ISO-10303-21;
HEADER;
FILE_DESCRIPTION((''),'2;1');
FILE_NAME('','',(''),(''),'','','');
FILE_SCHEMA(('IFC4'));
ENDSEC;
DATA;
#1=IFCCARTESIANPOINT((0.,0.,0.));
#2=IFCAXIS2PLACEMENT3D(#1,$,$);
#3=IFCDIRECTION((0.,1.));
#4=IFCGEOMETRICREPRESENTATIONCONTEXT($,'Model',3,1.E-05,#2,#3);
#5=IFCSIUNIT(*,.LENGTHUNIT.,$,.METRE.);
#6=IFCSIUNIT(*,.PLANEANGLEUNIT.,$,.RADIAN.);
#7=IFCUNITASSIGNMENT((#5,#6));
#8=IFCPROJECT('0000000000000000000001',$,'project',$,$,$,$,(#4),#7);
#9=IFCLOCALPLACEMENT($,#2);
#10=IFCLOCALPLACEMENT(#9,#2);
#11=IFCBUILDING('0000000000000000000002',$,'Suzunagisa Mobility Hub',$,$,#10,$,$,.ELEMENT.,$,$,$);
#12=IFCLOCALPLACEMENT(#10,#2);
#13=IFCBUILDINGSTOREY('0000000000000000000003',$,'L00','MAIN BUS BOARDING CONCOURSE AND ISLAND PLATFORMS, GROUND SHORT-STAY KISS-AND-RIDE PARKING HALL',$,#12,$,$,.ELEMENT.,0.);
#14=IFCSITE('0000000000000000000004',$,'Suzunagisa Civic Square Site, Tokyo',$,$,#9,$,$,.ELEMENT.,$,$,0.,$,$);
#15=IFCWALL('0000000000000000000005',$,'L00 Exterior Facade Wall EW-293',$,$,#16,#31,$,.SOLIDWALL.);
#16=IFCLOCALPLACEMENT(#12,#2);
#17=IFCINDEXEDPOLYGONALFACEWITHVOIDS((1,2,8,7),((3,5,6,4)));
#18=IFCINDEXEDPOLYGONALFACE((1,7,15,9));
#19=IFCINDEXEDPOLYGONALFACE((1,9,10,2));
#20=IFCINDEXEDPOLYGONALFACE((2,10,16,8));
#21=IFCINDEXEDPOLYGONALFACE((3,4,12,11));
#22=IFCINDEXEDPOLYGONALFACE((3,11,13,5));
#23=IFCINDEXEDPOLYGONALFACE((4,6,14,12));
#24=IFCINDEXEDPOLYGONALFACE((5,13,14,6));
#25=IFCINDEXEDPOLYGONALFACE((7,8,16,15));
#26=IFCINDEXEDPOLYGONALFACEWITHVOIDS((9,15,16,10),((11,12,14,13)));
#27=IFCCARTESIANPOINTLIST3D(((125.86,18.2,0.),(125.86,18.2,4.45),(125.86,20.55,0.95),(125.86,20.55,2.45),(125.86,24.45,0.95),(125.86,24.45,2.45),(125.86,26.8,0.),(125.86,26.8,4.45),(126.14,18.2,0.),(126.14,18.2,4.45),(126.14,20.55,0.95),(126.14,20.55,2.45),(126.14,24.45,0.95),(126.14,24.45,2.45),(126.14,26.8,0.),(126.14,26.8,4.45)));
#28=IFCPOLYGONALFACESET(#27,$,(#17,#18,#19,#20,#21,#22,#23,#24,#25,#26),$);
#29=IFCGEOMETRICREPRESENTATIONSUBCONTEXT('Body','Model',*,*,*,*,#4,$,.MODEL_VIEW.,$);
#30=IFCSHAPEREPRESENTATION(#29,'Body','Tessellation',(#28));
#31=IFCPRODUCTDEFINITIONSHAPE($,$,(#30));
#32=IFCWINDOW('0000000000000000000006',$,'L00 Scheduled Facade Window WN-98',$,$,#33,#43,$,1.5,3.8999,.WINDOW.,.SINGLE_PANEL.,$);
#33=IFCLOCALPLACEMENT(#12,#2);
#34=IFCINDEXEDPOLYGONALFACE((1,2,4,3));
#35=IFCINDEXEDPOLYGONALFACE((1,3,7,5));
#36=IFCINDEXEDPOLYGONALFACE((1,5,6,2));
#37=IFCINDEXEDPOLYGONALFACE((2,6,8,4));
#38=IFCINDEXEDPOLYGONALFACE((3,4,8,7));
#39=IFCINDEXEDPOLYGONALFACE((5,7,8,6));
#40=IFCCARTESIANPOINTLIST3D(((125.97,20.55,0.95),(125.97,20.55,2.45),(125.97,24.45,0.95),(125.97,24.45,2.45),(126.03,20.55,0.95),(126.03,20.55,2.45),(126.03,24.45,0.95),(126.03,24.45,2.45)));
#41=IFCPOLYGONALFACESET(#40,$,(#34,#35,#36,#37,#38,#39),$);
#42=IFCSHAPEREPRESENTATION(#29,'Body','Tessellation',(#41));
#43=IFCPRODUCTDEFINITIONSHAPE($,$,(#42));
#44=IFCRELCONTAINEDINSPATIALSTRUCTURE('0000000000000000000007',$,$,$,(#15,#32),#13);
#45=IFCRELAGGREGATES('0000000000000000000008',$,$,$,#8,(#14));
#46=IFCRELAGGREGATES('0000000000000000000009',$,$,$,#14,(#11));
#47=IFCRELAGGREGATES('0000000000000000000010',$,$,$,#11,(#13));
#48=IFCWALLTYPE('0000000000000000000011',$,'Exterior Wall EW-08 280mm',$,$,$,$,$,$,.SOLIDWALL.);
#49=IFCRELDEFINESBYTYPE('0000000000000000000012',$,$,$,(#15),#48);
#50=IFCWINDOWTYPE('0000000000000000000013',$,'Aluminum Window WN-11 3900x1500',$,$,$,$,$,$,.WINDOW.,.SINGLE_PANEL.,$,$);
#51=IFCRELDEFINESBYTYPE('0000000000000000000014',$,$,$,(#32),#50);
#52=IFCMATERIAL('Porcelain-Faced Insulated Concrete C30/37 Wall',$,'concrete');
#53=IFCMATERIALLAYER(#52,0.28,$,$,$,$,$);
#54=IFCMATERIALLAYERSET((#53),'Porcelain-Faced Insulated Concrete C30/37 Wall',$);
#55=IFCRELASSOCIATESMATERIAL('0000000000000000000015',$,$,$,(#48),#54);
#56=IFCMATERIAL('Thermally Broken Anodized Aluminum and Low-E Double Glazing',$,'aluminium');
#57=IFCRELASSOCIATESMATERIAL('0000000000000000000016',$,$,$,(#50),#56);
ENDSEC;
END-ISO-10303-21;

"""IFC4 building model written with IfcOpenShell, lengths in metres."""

from ifc_helpers import new_model, si_unit, direction, frame, frame_2d, origin, place, context, subcontext, project, spatial, rectangle, extrude, material, layer, layer_set, type_object, element, fill, save


model = new_model("IFC4")

# Units and contexts
model_context = context("Model", 3, precision=1e-05, world=origin(), true_north=direction((0.0, 1.0)))
body_context = subcontext(model_context, "Body", "Model", "MODEL_VIEW")
ifc_project = project(units=[si_unit("LENGTHUNIT", "METRE"), si_unit("PLANEANGLEUNIT", "RADIAN")], contexts=[model_context])

# Site, building, storey
site_placement = place(None, origin())
site = spatial("IfcSite", under=ifc_project, at=site_placement, Name="Suzunagisa Civic Square Site, Tokyo", CompositionType="ELEMENT", RefElevation=0.0)
building_placement = place(site_placement, origin())
building = spatial("IfcBuilding", under=site, at=building_placement, Name="Suzunagisa Mobility Hub", CompositionType="ELEMENT")
storey_placement = place(building_placement, origin())
storey = spatial("IfcBuildingStorey", under=building, at=storey_placement, Name="L00", Description="MAIN BUS BOARDING CONCOURSE AND ISLAND PLATFORMS, GROUND SHORT-STAY KISS-AND-RIDE PARKING HALL", CompositionType="ELEMENT", Elevation=0.0)

# Wall, opening, window
ifc_material_1 = material(Name="Porcelain-Faced Insulated Concrete C30/37 Wall", Category="concrete")
ifc_layer_1 = layer(ifc_material_1, 0.28)
ifc_layer_set_1 = layer_set([ifc_layer_1], Name="Porcelain-Faced Insulated Concrete C30/37 Wall")
wall_type_1 = type_object("IfcWallType", Name="Exterior Wall EW-08 280mm", PredefinedType="SOLIDWALL", material=ifc_layer_set_1)
wall_1_placement = place(storey_placement, frame((126.0, 26.8, 0.0), z_axis=(0.0, 0.0, 1.0), x_axis=(0.0, -1.0, 0.0)))
wall_1 = element("IfcWall", 1, at=wall_1_placement, inside=storey, type_object=wall_type_1, Name="L00 Exterior Facade Wall EW-293", PredefinedType="SOLIDWALL", context=body_context, shape_type="SweptSolid", body=[
    extrude(rectangle(XDim=8.6001, YDim=0.28, at=frame_2d((4.3, 0.0))), origin(), (0.0, 0.0, 1.0), 4.45),
])
opening_1_placement = place(wall_1_placement, frame((2.3501, 0.0, 0.95)))
opening_1 = element("IfcOpeningElement", 2, at=opening_1_placement, cuts=wall_1, PredefinedType="OPENING", context=body_context, shape_type="SweptSolid", body=[
    extrude(rectangle(XDim=3.8999, YDim=1.5, at=frame_2d((1.95, 0.75))), frame((0.0, 0.1509, 0.0), z_axis=(0.0, -1.0, 0.0), x_axis=(1.0, 0.0, 0.0)), (0.0, 0.0, 1.0), 0.302),
])
ifc_material_2 = material(Name="Thermally Broken Anodized Aluminum and Low-E Double Glazing", Category="aluminium")
window_type = type_object("IfcWindowType", Name="Aluminum Window WN-11 3900x1500", PartitioningType="SINGLE_PANEL", PredefinedType="WINDOW", material=ifc_material_2)
window_placement = place(opening_1_placement, origin())
window = element("IfcWindow", 3, at=window_placement, inside=storey, type_object=window_type, Name="L00 Scheduled Facade Window WN-98", OverallHeight=1.5, OverallWidth=3.8999, PartitioningType="SINGLE_PANEL", PredefinedType="WINDOW", context=body_context, shape_type="SweptSolid", body=[
    extrude(rectangle(XDim=3.8999, YDim=1.5, at=frame_2d((1.95, 0.75))), frame((0.0, 0.03, 0.0), z_axis=(0.0, -1.0, 0.0), x_axis=(1.0, 0.0, 0.0)), (0.0, 0.0, 1.0), 0.0601),
])
fill(opening_1, window)

save(model, "model.ifc")
